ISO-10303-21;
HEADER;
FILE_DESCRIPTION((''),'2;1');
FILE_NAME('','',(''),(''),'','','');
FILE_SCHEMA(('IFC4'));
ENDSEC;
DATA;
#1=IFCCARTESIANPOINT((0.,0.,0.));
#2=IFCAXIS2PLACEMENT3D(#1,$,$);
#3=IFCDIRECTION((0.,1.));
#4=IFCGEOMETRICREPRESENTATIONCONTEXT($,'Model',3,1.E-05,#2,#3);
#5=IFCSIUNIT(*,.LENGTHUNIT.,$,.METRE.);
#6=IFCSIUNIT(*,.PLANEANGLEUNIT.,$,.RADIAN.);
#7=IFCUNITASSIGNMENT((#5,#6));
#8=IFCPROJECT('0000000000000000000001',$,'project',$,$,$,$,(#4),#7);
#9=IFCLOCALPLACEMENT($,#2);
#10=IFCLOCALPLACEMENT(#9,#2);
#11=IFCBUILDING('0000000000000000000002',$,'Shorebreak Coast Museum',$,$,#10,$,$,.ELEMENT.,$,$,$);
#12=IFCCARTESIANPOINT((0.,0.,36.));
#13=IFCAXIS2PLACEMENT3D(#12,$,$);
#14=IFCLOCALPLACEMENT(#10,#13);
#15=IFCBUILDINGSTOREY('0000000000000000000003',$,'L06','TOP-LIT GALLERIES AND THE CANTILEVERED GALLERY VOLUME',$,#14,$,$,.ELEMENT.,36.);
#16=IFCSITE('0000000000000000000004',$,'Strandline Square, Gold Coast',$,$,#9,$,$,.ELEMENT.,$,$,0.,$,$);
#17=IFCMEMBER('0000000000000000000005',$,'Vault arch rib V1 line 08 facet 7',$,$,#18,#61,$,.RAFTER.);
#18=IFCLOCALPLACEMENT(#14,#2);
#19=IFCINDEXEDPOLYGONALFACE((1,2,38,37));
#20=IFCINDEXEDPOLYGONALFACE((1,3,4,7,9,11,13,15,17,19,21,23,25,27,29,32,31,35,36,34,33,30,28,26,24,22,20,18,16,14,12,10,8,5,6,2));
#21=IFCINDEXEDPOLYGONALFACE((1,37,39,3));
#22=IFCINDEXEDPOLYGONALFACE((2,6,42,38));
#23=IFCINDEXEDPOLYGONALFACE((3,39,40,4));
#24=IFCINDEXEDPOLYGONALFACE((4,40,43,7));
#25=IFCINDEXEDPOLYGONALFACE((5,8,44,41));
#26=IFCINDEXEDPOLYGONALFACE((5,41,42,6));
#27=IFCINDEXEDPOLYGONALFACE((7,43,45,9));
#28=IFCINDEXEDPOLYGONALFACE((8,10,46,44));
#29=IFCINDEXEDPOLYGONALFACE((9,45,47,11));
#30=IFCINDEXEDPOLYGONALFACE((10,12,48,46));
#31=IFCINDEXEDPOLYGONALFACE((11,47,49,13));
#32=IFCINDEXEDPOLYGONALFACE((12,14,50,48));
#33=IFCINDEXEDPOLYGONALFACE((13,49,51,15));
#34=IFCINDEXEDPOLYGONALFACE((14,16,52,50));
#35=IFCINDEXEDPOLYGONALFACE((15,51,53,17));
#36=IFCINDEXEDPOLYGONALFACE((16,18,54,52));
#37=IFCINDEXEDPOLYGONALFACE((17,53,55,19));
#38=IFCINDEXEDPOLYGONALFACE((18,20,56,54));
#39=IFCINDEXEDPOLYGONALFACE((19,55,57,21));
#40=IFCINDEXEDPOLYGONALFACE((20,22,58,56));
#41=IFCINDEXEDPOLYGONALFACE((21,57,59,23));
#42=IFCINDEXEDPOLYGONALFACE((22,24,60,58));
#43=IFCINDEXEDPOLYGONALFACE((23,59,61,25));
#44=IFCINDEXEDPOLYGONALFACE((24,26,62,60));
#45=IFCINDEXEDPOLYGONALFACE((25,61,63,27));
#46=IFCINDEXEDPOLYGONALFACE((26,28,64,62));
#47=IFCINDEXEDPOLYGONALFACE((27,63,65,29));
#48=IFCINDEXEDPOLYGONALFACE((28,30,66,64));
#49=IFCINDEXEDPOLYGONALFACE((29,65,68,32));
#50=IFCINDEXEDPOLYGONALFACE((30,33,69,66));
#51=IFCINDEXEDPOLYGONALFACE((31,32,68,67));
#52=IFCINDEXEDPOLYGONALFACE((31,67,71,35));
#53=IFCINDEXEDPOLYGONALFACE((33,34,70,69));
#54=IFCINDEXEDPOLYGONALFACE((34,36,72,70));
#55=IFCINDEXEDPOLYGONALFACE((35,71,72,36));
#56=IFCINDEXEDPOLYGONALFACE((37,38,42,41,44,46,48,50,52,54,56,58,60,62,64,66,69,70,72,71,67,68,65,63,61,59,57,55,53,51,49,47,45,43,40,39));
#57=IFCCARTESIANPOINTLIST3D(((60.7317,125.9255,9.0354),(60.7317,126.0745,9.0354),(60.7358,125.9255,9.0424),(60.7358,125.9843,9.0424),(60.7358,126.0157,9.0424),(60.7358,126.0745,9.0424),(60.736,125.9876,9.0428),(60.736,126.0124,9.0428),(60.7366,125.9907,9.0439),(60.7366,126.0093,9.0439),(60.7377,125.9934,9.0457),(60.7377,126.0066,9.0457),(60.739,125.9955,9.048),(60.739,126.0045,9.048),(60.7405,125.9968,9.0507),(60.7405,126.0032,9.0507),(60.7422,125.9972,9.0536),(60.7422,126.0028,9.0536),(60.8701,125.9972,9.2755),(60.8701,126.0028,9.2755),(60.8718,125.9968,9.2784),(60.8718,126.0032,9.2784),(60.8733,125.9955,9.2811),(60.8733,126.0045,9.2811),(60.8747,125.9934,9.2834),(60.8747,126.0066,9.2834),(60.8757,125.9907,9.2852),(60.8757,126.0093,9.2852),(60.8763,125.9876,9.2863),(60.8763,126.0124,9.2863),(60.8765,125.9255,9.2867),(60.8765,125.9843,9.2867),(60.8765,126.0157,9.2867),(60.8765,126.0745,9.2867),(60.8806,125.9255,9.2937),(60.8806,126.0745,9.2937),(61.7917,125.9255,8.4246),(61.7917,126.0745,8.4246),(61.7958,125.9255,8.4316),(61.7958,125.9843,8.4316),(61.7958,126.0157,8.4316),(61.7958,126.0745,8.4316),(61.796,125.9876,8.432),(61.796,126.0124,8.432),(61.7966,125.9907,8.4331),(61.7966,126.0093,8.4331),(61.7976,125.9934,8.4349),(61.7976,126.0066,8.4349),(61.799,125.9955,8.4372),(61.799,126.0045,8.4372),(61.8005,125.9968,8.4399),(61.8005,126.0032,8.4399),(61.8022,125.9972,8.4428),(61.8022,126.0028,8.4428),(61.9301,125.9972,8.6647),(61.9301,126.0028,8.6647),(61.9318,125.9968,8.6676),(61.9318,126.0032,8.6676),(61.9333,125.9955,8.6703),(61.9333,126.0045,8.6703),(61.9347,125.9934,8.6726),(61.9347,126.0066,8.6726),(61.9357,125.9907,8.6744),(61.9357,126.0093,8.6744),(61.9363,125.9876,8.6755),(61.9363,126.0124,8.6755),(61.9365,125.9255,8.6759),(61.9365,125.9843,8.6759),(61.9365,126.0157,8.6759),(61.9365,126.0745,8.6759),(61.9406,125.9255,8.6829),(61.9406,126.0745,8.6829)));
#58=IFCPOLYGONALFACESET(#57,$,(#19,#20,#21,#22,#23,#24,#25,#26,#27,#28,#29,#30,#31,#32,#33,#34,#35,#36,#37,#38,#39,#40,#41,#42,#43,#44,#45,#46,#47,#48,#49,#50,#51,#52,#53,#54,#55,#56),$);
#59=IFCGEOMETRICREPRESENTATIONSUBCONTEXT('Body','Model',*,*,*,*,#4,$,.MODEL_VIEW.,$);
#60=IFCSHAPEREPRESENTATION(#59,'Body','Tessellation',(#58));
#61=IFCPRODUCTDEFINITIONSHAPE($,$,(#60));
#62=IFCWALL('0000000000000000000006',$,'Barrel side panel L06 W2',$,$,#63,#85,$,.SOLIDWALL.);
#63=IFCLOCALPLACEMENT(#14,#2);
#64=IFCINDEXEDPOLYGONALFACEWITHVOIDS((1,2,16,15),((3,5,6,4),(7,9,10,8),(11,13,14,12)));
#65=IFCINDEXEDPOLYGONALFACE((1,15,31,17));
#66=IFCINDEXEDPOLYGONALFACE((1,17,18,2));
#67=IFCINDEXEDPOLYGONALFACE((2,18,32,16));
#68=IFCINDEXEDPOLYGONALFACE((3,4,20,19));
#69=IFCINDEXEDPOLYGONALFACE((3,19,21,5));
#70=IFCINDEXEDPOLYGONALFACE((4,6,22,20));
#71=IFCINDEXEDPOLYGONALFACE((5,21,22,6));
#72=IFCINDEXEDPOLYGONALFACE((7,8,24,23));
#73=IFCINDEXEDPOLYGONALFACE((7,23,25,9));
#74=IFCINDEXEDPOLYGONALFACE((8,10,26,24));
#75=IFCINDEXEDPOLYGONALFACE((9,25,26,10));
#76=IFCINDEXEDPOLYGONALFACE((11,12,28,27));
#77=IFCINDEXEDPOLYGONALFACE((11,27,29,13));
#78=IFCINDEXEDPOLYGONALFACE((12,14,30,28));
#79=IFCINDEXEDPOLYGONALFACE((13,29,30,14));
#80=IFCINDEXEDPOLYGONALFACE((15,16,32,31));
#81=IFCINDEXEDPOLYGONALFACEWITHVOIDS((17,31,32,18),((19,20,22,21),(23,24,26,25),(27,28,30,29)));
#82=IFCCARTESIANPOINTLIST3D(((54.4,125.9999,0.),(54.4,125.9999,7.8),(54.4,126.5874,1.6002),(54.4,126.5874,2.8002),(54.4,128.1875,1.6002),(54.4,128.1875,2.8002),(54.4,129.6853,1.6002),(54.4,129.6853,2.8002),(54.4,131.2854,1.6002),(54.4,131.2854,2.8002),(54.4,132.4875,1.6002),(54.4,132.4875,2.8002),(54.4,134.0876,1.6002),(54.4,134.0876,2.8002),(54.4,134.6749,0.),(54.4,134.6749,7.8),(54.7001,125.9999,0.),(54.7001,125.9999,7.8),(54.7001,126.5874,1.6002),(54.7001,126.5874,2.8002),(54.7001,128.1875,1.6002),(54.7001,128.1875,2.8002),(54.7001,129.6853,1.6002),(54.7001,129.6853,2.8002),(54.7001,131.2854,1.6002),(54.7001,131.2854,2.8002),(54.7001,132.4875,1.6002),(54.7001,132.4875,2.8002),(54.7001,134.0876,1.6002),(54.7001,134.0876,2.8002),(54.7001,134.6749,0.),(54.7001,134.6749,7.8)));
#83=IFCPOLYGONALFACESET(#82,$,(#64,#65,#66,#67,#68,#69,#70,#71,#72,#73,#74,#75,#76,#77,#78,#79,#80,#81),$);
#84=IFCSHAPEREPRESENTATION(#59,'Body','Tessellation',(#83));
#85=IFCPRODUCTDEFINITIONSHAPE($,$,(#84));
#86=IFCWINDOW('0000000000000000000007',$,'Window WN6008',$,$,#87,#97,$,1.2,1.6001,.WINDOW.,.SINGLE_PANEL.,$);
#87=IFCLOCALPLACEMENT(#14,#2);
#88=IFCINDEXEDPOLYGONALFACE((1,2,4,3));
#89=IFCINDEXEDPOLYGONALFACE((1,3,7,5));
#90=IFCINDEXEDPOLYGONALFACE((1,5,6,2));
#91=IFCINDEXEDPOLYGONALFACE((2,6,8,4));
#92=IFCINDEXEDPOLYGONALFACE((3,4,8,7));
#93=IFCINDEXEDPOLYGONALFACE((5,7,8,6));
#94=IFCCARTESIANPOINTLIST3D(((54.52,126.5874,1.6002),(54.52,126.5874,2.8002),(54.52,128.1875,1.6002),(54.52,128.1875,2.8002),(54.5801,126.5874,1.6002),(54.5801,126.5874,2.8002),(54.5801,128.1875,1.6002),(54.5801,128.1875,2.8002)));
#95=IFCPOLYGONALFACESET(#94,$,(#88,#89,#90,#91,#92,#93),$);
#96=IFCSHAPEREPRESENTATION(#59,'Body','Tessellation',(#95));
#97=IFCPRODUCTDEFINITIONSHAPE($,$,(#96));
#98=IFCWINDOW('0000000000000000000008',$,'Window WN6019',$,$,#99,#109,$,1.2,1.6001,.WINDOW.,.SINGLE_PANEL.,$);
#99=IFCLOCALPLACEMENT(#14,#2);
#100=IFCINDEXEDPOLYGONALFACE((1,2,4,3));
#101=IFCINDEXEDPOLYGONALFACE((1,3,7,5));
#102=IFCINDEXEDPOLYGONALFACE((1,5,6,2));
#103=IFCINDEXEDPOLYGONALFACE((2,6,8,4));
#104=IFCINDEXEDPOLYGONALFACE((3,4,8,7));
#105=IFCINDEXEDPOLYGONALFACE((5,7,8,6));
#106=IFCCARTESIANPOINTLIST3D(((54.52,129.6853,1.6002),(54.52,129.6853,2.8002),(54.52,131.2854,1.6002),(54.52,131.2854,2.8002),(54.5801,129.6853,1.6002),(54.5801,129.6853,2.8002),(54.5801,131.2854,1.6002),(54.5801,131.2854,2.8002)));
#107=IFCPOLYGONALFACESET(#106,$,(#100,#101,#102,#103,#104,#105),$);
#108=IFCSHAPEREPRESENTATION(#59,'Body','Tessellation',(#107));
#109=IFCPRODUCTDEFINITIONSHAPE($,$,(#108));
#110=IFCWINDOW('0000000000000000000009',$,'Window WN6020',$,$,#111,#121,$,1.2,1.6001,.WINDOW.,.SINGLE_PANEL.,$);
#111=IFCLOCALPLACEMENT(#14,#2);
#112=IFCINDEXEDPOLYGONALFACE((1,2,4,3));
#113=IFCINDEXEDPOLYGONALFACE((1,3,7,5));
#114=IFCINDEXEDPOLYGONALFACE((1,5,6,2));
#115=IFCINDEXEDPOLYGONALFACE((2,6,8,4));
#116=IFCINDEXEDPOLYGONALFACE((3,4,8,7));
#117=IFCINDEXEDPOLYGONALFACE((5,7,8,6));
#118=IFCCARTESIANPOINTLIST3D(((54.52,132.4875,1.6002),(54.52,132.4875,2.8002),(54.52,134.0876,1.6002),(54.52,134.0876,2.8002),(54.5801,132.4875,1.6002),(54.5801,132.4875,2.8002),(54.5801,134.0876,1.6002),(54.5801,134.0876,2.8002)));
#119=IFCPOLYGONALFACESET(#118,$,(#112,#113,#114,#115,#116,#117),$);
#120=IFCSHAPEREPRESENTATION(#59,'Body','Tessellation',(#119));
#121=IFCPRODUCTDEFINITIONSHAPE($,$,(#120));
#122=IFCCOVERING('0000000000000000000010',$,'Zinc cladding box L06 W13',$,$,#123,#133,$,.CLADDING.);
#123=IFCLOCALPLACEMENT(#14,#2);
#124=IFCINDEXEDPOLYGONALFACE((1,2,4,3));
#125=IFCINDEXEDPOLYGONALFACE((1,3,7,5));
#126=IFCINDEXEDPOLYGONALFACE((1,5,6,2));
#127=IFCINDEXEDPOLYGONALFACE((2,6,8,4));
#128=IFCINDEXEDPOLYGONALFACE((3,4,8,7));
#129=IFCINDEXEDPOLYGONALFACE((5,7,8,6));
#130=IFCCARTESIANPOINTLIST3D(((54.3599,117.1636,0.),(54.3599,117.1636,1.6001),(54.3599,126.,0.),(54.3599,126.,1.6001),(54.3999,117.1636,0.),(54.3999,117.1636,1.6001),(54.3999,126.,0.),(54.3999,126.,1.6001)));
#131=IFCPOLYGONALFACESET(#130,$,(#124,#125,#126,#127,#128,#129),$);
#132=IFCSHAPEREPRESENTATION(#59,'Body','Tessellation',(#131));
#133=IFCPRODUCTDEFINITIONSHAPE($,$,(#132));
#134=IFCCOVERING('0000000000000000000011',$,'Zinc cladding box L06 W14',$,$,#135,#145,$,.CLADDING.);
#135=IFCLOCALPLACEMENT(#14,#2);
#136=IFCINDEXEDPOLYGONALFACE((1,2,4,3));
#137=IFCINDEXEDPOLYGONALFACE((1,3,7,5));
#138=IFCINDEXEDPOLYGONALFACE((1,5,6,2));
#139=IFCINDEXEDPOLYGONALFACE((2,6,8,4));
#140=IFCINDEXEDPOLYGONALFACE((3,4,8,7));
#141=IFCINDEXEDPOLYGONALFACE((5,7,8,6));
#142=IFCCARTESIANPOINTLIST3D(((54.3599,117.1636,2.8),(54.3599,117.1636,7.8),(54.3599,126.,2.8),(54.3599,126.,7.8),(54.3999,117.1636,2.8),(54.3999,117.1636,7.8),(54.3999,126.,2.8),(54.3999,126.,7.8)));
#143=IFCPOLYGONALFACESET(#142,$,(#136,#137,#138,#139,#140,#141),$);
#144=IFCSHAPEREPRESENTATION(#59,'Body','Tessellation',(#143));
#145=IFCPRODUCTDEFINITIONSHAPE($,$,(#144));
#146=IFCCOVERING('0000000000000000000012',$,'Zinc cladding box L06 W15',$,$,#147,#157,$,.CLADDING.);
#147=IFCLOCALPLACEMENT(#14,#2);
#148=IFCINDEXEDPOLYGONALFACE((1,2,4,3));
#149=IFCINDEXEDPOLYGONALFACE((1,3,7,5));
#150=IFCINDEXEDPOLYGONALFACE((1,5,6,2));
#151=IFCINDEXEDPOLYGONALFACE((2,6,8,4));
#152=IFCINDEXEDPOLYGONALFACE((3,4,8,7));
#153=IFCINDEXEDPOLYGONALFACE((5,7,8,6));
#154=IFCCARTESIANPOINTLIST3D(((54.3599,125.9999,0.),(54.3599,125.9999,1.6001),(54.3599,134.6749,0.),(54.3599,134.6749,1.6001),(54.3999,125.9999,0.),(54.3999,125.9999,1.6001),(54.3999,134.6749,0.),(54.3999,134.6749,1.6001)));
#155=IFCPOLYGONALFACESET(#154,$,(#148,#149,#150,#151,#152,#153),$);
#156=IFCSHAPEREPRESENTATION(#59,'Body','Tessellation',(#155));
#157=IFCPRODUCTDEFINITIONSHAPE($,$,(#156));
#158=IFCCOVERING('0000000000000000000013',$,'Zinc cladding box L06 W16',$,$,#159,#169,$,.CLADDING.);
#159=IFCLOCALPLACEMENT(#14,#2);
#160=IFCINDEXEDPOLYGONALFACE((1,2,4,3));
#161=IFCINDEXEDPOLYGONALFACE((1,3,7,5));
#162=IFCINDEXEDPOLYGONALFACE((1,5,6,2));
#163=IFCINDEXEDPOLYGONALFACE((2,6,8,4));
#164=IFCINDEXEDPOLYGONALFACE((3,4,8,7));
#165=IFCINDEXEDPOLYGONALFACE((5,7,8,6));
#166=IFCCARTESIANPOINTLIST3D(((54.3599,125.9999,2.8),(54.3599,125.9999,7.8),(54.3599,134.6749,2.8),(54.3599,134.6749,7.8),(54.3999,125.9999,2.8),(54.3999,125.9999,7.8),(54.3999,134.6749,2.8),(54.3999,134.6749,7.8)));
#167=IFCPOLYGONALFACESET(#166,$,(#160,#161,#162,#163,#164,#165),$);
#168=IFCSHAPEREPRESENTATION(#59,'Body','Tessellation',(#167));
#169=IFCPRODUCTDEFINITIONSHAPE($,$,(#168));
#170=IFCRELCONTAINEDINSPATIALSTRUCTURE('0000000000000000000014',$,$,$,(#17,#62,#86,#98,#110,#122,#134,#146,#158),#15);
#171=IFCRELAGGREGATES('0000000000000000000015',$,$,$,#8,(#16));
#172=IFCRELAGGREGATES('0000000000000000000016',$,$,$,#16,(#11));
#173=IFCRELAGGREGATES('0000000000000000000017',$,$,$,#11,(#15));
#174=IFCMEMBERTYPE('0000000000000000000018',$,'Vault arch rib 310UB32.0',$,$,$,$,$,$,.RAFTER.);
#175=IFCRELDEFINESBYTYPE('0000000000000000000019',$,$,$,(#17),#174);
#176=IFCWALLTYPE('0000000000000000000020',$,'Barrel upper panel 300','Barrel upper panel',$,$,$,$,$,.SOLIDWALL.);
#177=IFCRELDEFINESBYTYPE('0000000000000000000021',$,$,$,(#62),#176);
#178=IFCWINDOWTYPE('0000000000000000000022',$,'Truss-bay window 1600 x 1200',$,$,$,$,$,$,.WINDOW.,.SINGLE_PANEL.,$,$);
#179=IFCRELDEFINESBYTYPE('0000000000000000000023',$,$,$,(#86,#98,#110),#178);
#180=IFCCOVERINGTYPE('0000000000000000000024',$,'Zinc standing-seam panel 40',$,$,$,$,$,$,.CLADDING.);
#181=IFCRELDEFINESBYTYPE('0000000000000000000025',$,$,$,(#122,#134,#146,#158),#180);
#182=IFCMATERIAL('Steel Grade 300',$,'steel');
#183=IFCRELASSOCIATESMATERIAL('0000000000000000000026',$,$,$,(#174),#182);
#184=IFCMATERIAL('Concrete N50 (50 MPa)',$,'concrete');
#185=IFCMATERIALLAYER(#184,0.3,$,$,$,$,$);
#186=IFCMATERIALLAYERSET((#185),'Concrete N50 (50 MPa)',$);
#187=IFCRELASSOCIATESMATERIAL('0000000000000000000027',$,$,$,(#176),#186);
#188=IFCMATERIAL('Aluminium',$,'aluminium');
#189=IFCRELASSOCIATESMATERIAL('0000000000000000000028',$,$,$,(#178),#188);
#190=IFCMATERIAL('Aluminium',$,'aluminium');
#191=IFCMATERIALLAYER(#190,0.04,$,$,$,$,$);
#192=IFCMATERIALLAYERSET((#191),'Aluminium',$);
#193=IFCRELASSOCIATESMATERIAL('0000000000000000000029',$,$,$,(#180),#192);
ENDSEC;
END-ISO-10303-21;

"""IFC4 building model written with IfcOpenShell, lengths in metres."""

from ifc_helpers import new_model, si_unit, direction, frame, frame_2d, origin, origin_2d, place, context, subcontext, project, spatial, rectangle, i_section, extrude, material, layer, layer_set, material_profile, profile_set, type_object, element, fill, save


model = new_model("IFC4")

# Units and contexts
model_context = context("Model", 3, precision=1e-05, world=origin(), true_north=direction((0.0, 1.0)))
body_context = subcontext(model_context, "Body", "Model", "MODEL_VIEW")
ifc_project = project(units=[si_unit("LENGTHUNIT", "METRE"), si_unit("PLANEANGLEUNIT", "RADIAN")], contexts=[model_context])

# Site, building, storey
site_placement = place(None, origin())
site = spatial("IfcSite", under=ifc_project, at=site_placement, Name="Strandline Square, Gold Coast", CompositionType="ELEMENT", RefElevation=0.0)
building_placement = place(site_placement, origin())
building = spatial("IfcBuilding", under=site, at=building_placement, Name="Shorebreak Coast Museum", CompositionType="ELEMENT")
storey_placement = place(building_placement, frame((0.0, 0.0, 36.0)))
storey = spatial("IfcBuildingStorey", under=building, at=storey_placement, Name="L06", Description="TOP-LIT GALLERIES AND THE CANTILEVERED GALLERY VOLUME", CompositionType="ELEMENT", Elevation=36.0)

# Member
ifc_material_1 = material(Name="Steel Grade 300", Category="steel")
ifc_material_profile_1 = material_profile(ifc_material_1, i_section(OverallWidth=0.1489, OverallDepth=0.2981, WebThickness=0.0056, FlangeThickness=0.0081, FilletRadius=0.0129, at=origin_2d()), Name="310UB32.0")
ifc_profile_set_1 = profile_set([ifc_material_profile_1], Name="Steel Grade 300")
member_type_1 = type_object("IfcMemberType", Name="Vault arch rib 310UB32.0", PredefinedType="RAFTER", material=ifc_profile_set_1)
for number, where, z_axis, x_axis, name in (
    (1, (60.8062, 126.0, 9.1646), (0.866445, 0.0, -0.499273), (0.0, 1.0, 0.0), "Vault arch rib V1 line 08 facet 7"),
):
    element("IfcMember", number, at=place(storey_placement, frame(where, z_axis=z_axis, x_axis=x_axis)), inside=storey, type_object=member_type_1, Name=name, PredefinedType="RAFTER", context=body_context, shape_type="SweptSolid", body=[
        extrude(i_section(OverallWidth=0.1489, OverallDepth=0.2981, WebThickness=0.0056, FlangeThickness=0.0081, FilletRadius=0.0129, at=origin_2d()), origin(), (0.0, 0.0, 1.0), 1.2234),
    ])

# Wall, openings, windows
ifc_material_2 = material(Name="Concrete N50 (50 MPa)", Category="concrete")
ifc_layer_1 = layer(ifc_material_2, 0.3)
ifc_layer_set_1 = layer_set([ifc_layer_1], Name="Concrete N50 (50 MPa)")
wall_type = type_object("IfcWallType", Name="Barrel upper panel 300", Description="Barrel upper panel", PredefinedType="SOLIDWALL", material=ifc_layer_set_1)
wall_placement = place(storey_placement, frame((54.55, 126.0, 0.0), z_axis=(0.0, 0.0, 1.0), x_axis=(0.0, 1.0, 0.0)))
wall = element("IfcWall", 2, at=wall_placement, inside=storey, type_object=wall_type, Name="Barrel side panel L06 W2", PredefinedType="SOLIDWALL", context=body_context, shape_type="SweptSolid", body=[
    extrude(rectangle(XDim=8.675, YDim=0.3, at=frame_2d((4.3374, 0.0))), origin(), (0.0, 0.0, 1.0), 7.8),
])
opening_1_placement = place(wall_placement, frame((0.5874, 0.0, 1.6001)))
opening_1 = element("IfcOpeningElement", 3, at=opening_1_placement, cuts=wall, PredefinedType="OPENING", context=body_context, shape_type="SweptSolid", body=[
    extrude(rectangle(XDim=1.6001, YDim=1.2, at=frame_2d((0.8, 0.6001))), frame((0.0, 0.1599, 0.0), z_axis=(0.0, -1.0, 0.0), x_axis=(1.0, 0.0, 0.0)), (0.0, 0.0, 1.0), 0.3201),
])
opening_2_placement = place(wall_placement, frame((3.6853, 0.0, 1.6001)))
opening_2 = element("IfcOpeningElement", 4, at=opening_2_placement, cuts=wall, PredefinedType="OPENING", context=body_context, shape_type="SweptSolid", body=[
    extrude(rectangle(XDim=1.6001, YDim=1.2, at=frame_2d((0.8, 0.6001))), frame((0.0, 0.1599, 0.0), z_axis=(0.0, -1.0, 0.0), x_axis=(1.0, 0.0, 0.0)), (0.0, 0.0, 1.0), 0.3201),
])
opening_3_placement = place(wall_placement, frame((6.4875, 0.0, 1.6001)))
opening_3 = element("IfcOpeningElement", 5, at=opening_3_placement, cuts=wall, PredefinedType="OPENING", context=body_context, shape_type="SweptSolid", body=[
    extrude(rectangle(XDim=1.6001, YDim=1.2, at=frame_2d((0.8, 0.6001))), frame((0.0, 0.1599, 0.0), z_axis=(0.0, -1.0, 0.0), x_axis=(1.0, 0.0, 0.0)), (0.0, 0.0, 1.0), 0.3201),
])
ifc_material_3 = material(Name="Aluminium", Category="aluminium")
window_type = type_object("IfcWindowType", Name="Truss-bay window 1600 x 1200", PartitioningType="SINGLE_PANEL", PredefinedType="WINDOW", material=ifc_material_3)
window_1_placement = place(opening_1_placement, origin())
window_1 = element("IfcWindow", 6, at=window_1_placement, inside=storey, type_object=window_type, Name="Window WN6008", OverallHeight=1.2, OverallWidth=1.6001, PartitioningType="SINGLE_PANEL", PredefinedType="WINDOW", context=body_context, shape_type="SweptSolid", body=[
    extrude(rectangle(XDim=1.6001, YDim=1.2, at=frame_2d((0.8, 0.6001))), frame((0.0, 0.03, 0.0), z_axis=(0.0, -1.0, 0.0), x_axis=(1.0, 0.0, 0.0)), (0.0, 0.0, 1.0), 0.0601),
])
fill(opening_1, window_1)
window_2_placement = place(opening_2_placement, origin())
window_2 = element("IfcWindow", 7, at=window_2_placement, inside=storey, type_object=window_type, Name="Window WN6019", OverallHeight=1.2, OverallWidth=1.6001, PartitioningType="SINGLE_PANEL", PredefinedType="WINDOW", context=body_context, shape_type="SweptSolid", body=[
    extrude(rectangle(XDim=1.6001, YDim=1.2, at=frame_2d((0.8, 0.6001))), frame((0.0, 0.03, 0.0), z_axis=(0.0, -1.0, 0.0), x_axis=(1.0, 0.0, 0.0)), (0.0, 0.0, 1.0), 0.0601),
])
fill(opening_2, window_2)
window_3_placement = place(opening_3_placement, origin())
window_3 = element("IfcWindow", 8, at=window_3_placement, inside=storey, type_object=window_type, Name="Window WN6020", OverallHeight=1.2, OverallWidth=1.6001, PartitioningType="SINGLE_PANEL", PredefinedType="WINDOW", context=body_context, shape_type="SweptSolid", body=[
    extrude(rectangle(XDim=1.6001, YDim=1.2, at=frame_2d((0.8, 0.6001))), frame((0.0, 0.03, 0.0), z_axis=(0.0, -1.0, 0.0), x_axis=(1.0, 0.0, 0.0)), (0.0, 0.0, 1.0), 0.0601),
])
fill(opening_3, window_3)

# Coverings
ifc_material_4 = material(Name="Aluminium", Category="aluminium")
ifc_layer_2 = layer(ifc_material_4, 0.04)
ifc_layer_set_2 = layer_set([ifc_layer_2], Name="Aluminium")
covering_type = type_object("IfcCoveringType", Name="Zinc standing-seam panel 40", PredefinedType="CLADDING", material=ifc_layer_set_2)
covering_1_placement = place(storey_placement, frame((54.3799, 121.5818, 0.0), z_axis=(0.0, 0.0, 1.0), x_axis=(1.0, 0.0, 0.0)))
element("IfcCovering", 9, at=covering_1_placement, inside=storey, type_object=covering_type, Name="Zinc cladding box L06 W13", PredefinedType="CLADDING", context=body_context, shape_type="SweptSolid", body=[
    extrude(rectangle(XDim=0.04, YDim=8.8364, at=origin_2d()), origin(), (0.0, 0.0, 1.0), 1.6001),
])
covering_2_placement = place(storey_placement, frame((54.3799, 121.5818, 2.8), z_axis=(0.0, 0.0, 1.0), x_axis=(1.0, 0.0, 0.0)))
element("IfcCovering", 10, at=covering_2_placement, inside=storey, type_object=covering_type, Name="Zinc cladding box L06 W14", PredefinedType="CLADDING", context=body_context, shape_type="SweptSolid", body=[
    extrude(rectangle(XDim=0.04, YDim=8.8364, at=origin_2d()), origin(), (0.0, 0.0, 1.0), 5.0),
])
covering_3_placement = place(storey_placement, frame((54.3799, 130.3374, 0.0), z_axis=(0.0, 0.0, 1.0), x_axis=(1.0, 0.0, 0.0)))
element("IfcCovering", 11, at=covering_3_placement, inside=storey, type_object=covering_type, Name="Zinc cladding box L06 W15", PredefinedType="CLADDING", context=body_context, shape_type="SweptSolid", body=[
    extrude(rectangle(XDim=0.04, YDim=8.675, at=origin_2d()), origin(), (0.0, 0.0, 1.0), 1.6001),
])
covering_4_placement = place(storey_placement, frame((54.3799, 130.3374, 2.8), z_axis=(0.0, 0.0, 1.0), x_axis=(1.0, 0.0, 0.0)))
element("IfcCovering", 12, at=covering_4_placement, inside=storey, type_object=covering_type, Name="Zinc cladding box L06 W16", PredefinedType="CLADDING", context=body_context, shape_type="SweptSolid", body=[
    extrude(rectangle(XDim=0.04, YDim=8.675, at=origin_2d()), origin(), (0.0, 0.0, 1.0), 5.0),
])

save(model, "model.ifc")
